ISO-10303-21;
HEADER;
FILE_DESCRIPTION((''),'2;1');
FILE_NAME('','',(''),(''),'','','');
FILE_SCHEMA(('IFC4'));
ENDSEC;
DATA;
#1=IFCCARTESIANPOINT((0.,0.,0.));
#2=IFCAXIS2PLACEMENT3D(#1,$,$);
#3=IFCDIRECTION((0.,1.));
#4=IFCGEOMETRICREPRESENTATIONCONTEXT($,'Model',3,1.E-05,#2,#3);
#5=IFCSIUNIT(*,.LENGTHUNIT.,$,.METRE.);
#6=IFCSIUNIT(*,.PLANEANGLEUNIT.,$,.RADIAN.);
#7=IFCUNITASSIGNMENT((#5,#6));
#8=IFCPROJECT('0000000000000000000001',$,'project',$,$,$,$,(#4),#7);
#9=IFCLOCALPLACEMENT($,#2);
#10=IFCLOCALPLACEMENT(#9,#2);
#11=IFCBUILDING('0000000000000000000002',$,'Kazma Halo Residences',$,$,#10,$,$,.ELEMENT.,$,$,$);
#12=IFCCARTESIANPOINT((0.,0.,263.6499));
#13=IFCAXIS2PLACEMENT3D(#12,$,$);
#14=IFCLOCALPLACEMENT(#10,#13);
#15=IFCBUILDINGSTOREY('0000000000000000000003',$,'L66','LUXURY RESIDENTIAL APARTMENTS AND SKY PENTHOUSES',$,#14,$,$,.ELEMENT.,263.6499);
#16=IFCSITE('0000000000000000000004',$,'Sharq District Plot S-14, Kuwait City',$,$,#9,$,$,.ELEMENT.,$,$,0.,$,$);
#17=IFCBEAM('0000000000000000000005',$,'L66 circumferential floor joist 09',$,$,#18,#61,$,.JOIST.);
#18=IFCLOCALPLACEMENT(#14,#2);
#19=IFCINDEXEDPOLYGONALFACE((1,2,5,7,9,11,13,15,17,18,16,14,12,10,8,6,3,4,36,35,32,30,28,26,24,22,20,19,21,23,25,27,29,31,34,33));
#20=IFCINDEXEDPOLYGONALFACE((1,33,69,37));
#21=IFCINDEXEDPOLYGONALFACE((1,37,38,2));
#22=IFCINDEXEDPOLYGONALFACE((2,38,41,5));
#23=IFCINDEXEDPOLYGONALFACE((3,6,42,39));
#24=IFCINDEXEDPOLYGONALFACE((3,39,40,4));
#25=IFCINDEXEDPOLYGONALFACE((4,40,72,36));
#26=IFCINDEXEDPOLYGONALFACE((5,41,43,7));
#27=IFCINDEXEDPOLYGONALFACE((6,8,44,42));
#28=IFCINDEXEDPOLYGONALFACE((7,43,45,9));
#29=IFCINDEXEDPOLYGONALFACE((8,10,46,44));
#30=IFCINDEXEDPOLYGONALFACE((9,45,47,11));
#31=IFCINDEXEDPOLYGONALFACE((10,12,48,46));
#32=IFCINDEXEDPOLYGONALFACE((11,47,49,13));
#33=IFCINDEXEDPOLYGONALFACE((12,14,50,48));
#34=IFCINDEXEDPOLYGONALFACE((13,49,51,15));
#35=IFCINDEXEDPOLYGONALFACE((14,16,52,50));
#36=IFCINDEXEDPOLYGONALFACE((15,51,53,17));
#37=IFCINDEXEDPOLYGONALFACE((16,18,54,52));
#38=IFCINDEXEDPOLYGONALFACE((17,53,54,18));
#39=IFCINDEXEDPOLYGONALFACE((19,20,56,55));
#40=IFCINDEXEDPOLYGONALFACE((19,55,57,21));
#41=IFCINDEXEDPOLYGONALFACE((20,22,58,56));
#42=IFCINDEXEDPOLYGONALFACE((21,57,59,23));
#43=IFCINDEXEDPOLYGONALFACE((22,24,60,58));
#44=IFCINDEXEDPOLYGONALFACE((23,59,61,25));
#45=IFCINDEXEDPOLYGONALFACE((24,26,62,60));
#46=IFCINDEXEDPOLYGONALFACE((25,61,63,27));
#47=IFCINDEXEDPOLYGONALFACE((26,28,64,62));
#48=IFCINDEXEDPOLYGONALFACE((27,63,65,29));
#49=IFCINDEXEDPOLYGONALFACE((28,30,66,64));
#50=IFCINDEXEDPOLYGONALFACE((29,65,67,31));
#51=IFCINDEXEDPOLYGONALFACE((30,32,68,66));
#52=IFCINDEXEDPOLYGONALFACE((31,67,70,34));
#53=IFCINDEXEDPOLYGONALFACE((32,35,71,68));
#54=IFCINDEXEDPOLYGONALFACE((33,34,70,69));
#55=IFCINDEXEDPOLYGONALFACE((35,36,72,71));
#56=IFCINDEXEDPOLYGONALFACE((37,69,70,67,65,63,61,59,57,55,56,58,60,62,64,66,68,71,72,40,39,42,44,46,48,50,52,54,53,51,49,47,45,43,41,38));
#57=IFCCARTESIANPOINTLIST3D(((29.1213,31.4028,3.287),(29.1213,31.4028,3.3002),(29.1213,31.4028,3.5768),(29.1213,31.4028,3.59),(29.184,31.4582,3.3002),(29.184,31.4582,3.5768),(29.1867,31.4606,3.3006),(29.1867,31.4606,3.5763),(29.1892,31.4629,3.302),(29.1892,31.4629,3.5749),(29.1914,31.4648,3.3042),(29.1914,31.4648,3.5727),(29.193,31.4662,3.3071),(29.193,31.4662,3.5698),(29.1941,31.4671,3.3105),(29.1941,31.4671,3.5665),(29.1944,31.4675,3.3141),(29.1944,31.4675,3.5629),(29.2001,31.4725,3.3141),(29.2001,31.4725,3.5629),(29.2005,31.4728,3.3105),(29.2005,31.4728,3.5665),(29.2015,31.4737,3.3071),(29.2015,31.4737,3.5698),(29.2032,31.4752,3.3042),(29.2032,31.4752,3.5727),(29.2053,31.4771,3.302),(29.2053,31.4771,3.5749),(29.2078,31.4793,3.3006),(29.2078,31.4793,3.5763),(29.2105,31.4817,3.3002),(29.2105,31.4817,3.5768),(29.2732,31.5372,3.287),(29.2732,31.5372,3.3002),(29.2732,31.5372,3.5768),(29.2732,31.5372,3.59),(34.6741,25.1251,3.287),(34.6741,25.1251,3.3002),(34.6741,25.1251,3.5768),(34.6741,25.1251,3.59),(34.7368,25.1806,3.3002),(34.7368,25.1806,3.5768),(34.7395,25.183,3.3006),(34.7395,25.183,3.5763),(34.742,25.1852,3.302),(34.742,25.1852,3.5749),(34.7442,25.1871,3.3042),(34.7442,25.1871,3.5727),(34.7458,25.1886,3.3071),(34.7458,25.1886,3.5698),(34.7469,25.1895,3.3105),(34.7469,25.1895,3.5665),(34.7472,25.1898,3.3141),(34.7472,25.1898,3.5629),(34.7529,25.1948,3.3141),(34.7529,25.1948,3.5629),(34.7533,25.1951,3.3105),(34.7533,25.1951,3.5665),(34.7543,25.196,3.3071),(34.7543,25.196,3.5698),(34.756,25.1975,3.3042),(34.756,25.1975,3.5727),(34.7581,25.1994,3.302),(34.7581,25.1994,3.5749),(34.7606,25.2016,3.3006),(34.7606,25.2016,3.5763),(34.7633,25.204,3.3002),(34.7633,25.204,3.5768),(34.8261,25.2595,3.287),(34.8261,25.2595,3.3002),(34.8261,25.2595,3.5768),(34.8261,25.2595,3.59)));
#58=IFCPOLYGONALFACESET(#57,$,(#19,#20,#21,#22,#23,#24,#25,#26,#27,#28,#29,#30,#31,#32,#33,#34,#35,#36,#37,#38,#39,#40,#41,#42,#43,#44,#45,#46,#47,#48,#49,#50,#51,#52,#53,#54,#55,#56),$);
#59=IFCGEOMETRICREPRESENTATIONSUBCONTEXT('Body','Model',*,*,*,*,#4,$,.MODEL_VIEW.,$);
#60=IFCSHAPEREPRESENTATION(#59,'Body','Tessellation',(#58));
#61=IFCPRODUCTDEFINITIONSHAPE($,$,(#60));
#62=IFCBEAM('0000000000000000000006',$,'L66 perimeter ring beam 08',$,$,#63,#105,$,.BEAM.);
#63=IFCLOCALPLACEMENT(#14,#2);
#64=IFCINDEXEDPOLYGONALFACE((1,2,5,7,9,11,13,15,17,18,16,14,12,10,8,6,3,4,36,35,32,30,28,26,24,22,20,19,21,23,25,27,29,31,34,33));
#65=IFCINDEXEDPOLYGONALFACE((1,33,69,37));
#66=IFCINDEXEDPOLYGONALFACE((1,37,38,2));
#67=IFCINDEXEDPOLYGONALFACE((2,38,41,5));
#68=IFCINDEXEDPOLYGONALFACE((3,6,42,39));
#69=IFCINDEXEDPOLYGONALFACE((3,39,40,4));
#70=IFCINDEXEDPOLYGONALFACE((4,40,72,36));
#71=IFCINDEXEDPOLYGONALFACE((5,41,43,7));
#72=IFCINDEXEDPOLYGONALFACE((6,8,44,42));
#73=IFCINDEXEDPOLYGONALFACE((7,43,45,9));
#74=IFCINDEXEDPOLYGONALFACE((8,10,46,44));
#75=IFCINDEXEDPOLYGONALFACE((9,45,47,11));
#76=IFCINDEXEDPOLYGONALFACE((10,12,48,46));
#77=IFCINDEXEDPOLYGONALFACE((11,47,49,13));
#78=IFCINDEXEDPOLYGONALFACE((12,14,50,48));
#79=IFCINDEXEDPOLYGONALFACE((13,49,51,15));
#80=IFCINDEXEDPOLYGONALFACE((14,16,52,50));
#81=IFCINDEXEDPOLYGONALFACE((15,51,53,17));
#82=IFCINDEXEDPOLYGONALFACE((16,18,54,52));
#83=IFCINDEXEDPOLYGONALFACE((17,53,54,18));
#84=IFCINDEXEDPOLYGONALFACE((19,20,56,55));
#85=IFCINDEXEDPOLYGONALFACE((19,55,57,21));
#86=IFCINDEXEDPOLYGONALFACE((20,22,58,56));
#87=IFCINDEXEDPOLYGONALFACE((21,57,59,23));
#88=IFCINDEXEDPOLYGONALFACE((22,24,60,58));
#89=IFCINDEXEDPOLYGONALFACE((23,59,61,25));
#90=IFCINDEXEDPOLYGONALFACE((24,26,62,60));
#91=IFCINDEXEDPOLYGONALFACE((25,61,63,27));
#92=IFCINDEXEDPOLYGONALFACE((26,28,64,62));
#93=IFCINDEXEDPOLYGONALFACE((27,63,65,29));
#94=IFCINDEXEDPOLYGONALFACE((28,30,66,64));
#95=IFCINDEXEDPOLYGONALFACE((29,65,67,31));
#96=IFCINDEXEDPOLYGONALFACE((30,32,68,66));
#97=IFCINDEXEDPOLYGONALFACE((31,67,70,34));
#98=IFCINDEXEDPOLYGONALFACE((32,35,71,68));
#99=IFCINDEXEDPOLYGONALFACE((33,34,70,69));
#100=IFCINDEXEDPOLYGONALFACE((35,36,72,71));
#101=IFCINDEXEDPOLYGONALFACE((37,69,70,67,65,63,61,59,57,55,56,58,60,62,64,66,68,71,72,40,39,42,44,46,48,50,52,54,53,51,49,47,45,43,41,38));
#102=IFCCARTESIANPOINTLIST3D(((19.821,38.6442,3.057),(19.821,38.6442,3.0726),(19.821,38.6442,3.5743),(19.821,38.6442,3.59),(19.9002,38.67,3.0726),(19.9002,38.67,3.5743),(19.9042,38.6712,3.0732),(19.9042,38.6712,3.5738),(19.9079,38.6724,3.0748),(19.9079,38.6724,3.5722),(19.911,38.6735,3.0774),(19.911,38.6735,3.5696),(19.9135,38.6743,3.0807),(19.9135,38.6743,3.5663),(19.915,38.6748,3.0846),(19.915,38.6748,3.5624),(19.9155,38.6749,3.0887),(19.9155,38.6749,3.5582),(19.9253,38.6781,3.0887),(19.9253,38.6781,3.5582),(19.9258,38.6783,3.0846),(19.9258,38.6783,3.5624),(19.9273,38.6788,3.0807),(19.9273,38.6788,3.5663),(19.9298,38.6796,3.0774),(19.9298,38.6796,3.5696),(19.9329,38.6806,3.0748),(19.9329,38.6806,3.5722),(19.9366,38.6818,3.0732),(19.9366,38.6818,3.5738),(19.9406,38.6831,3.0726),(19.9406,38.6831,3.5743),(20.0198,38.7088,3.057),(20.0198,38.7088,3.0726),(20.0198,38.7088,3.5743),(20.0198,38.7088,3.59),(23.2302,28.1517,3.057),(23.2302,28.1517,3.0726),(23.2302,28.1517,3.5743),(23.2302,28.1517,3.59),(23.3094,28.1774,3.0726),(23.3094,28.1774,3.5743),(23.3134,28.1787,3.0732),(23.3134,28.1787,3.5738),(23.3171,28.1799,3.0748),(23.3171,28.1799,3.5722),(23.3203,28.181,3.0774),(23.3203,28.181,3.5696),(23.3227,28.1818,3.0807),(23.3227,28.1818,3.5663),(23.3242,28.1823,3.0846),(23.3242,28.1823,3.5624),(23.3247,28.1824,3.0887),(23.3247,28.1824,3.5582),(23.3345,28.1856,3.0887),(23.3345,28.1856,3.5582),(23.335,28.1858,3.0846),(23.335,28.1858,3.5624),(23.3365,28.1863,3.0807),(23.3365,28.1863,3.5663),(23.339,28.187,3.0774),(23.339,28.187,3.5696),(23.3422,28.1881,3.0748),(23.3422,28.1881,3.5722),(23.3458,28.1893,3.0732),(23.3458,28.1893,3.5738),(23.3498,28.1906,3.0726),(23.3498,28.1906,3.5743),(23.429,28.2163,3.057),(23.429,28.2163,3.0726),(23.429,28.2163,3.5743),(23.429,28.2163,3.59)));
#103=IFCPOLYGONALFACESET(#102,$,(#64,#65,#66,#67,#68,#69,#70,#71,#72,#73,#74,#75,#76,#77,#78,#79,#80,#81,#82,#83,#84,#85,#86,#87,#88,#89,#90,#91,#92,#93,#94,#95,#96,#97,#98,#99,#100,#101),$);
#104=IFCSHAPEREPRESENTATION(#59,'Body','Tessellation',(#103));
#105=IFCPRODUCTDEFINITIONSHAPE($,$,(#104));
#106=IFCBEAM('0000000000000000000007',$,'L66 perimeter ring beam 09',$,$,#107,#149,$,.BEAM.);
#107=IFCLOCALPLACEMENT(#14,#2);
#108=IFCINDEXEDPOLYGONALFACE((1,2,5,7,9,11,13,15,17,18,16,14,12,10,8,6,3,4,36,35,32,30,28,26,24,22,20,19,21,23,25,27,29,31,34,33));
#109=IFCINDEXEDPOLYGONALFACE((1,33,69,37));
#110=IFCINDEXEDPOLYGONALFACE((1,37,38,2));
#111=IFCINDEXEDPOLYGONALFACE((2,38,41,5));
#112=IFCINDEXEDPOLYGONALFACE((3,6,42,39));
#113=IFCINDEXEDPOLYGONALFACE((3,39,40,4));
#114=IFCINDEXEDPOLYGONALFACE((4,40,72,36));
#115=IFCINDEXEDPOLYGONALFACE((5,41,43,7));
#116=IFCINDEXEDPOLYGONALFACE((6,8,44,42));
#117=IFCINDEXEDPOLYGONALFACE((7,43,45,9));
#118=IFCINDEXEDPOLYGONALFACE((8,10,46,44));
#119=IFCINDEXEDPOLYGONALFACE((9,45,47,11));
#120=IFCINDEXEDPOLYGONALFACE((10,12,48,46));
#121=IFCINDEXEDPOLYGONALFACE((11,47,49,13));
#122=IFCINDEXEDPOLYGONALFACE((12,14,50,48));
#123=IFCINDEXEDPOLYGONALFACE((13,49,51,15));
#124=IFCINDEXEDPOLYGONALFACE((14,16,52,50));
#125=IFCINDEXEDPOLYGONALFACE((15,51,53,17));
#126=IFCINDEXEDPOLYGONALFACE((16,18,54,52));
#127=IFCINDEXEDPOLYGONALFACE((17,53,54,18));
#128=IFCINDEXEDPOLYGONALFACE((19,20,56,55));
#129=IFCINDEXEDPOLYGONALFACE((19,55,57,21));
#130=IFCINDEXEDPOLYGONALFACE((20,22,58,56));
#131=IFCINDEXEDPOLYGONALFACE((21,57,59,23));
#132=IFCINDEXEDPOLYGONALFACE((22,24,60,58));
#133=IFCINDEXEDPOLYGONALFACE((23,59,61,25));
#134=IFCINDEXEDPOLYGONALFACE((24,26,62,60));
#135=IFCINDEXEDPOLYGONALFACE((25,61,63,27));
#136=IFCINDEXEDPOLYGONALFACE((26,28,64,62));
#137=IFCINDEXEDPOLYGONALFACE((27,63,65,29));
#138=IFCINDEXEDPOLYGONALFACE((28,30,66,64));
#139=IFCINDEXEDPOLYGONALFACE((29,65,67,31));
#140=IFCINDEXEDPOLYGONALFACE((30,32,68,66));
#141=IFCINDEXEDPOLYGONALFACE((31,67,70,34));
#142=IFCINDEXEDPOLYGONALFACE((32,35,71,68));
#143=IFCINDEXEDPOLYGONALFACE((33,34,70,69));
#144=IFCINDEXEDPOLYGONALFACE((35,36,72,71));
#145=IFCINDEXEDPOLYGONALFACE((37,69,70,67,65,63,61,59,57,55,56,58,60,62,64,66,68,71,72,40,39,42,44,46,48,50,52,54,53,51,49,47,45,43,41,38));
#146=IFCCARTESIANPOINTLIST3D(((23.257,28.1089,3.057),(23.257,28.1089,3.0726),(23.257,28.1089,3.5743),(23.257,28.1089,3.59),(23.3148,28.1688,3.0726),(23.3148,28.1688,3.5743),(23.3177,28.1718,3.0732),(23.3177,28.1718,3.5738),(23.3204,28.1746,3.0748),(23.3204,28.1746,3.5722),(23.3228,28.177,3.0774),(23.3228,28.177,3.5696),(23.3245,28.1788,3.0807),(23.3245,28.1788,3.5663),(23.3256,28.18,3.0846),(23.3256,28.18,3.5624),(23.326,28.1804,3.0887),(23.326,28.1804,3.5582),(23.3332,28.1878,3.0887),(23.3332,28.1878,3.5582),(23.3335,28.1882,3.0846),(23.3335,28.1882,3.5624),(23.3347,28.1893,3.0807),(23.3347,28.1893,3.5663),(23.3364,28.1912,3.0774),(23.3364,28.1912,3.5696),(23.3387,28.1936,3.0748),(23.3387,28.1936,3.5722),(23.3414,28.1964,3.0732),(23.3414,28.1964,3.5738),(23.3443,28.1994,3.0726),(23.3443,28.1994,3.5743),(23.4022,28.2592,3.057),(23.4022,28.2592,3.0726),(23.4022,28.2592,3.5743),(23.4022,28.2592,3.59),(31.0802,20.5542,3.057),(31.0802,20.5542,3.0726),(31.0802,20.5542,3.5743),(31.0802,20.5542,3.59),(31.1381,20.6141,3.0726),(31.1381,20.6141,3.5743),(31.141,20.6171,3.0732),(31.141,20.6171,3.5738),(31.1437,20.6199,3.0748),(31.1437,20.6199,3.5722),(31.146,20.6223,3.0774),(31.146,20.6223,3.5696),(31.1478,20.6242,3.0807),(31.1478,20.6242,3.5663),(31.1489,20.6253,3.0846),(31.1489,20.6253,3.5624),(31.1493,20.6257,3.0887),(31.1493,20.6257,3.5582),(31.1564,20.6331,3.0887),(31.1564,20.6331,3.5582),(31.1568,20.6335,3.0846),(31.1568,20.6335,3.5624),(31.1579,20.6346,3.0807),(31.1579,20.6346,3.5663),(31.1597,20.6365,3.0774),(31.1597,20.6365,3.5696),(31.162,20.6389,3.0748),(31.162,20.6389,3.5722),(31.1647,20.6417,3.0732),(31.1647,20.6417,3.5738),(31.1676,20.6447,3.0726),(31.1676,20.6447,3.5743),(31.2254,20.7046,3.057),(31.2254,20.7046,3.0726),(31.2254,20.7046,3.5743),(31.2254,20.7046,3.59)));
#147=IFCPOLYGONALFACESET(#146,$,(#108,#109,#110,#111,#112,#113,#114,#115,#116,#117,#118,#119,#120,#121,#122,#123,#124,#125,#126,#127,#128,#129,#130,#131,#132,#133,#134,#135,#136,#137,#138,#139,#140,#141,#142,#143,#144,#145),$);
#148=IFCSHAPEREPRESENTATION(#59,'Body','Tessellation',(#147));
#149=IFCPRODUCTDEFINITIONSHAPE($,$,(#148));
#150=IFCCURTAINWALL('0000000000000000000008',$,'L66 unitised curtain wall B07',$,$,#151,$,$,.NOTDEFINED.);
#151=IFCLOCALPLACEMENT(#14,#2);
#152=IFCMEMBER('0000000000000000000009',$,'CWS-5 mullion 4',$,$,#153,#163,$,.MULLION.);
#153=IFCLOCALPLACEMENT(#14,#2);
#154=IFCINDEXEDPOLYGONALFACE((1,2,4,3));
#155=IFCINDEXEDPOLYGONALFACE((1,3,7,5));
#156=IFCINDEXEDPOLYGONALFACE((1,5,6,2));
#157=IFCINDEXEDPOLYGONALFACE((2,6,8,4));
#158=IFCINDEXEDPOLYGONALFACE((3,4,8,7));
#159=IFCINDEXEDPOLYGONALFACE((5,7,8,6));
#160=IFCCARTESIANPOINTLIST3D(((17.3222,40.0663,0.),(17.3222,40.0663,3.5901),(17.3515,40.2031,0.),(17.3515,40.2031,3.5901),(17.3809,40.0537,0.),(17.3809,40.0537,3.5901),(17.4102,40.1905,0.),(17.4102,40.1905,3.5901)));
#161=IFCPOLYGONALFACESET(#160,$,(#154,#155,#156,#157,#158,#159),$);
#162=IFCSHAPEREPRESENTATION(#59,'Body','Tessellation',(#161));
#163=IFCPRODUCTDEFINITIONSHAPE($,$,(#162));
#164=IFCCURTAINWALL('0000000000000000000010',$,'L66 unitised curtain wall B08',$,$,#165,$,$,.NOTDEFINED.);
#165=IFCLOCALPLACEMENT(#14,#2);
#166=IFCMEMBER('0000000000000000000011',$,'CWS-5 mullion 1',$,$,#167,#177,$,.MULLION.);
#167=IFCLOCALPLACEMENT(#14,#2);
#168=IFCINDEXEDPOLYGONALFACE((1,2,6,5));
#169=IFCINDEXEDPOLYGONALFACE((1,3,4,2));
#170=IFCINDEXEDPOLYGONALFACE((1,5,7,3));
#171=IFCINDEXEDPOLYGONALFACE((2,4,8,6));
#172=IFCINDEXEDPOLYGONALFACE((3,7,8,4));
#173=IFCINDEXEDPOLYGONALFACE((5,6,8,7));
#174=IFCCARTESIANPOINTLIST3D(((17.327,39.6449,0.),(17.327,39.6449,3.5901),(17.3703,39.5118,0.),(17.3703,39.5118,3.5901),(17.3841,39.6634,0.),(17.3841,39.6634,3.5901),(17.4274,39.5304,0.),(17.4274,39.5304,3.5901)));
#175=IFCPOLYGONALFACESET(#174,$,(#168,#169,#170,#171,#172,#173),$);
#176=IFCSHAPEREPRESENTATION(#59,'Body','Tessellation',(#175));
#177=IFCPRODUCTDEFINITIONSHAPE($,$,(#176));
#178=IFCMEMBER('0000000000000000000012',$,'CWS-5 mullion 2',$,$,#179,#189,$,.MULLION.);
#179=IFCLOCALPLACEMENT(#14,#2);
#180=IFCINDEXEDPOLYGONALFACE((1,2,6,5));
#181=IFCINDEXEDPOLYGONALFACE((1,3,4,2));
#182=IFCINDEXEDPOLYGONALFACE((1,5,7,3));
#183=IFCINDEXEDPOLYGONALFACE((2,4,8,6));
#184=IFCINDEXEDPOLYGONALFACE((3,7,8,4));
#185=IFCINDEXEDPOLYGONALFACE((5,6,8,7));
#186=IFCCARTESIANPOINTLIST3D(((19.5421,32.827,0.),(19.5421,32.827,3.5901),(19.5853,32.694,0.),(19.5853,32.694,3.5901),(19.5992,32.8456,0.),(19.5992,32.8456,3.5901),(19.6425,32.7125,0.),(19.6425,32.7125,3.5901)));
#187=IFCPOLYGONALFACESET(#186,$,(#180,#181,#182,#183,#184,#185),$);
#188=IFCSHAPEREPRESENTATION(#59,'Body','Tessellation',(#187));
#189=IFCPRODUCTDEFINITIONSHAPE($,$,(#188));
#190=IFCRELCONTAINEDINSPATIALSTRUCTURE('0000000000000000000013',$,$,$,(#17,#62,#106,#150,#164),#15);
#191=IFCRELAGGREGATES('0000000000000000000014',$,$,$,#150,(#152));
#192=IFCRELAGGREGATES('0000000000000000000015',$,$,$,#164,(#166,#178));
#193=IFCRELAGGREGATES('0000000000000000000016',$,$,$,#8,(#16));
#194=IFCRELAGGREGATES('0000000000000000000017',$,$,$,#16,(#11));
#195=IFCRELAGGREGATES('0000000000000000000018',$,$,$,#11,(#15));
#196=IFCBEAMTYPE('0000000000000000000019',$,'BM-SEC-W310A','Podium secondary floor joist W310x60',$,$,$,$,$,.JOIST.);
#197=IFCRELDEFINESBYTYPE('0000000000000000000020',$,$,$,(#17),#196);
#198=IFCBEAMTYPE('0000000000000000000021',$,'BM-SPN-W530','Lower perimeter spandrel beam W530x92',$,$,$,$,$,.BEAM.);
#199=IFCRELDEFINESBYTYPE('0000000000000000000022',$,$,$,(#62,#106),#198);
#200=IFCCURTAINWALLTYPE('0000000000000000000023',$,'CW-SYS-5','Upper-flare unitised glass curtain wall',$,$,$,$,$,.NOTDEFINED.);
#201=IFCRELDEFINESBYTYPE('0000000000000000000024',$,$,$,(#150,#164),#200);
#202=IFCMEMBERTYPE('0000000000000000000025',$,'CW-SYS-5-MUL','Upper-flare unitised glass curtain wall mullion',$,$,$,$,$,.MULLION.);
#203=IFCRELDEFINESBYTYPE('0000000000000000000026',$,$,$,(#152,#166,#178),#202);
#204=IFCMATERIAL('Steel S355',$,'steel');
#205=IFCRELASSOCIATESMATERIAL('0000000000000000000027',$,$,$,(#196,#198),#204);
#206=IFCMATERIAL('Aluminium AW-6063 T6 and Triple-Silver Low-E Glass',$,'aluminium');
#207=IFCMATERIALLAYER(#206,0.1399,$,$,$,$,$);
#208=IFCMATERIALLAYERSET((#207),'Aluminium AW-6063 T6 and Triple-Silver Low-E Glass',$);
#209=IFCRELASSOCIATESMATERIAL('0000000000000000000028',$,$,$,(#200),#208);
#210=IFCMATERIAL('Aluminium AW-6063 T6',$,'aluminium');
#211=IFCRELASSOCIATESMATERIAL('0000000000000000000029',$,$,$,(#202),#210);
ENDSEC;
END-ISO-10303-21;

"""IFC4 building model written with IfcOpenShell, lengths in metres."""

from ifc_helpers import new_model, si_unit, direction, frame, origin, origin_2d, place, context, subcontext, project, spatial, rectangle, i_section, extrude, material, layer, layer_set, material_profile, profile_set, type_object, element, aggregate, save


model = new_model("IFC4")

# Units and contexts
model_context = context("Model", 3, precision=1e-05, world=origin(), true_north=direction((0.0, 1.0)))
body_context = subcontext(model_context, "Body", "Model", "MODEL_VIEW")
ifc_project = project(units=[si_unit("LENGTHUNIT", "METRE"), si_unit("PLANEANGLEUNIT", "RADIAN")], contexts=[model_context])

# Site, building, storey
site_placement = place(None, origin())
site = spatial("IfcSite", under=ifc_project, at=site_placement, Name="Sharq District Plot S-14, Kuwait City", CompositionType="ELEMENT", RefElevation=0.0)
building_placement = place(site_placement, origin())
building = spatial("IfcBuilding", under=site, at=building_placement, Name="Kazma Halo Residences", CompositionType="ELEMENT")
storey_placement = place(building_placement, frame((0.0, 0.0, 263.6499)))
storey = spatial("IfcBuildingStorey", under=building, at=storey_placement, Name="L66", Description="LUXURY RESIDENTIAL APARTMENTS AND SKY PENTHOUSES", CompositionType="ELEMENT", Elevation=263.6499)

# Beams
ifc_material_1 = material(Name="Steel S355", Category="steel")
ifc_material_profile_1 = material_profile(ifc_material_1, i_section(OverallWidth=0.2029, OverallDepth=0.303, WebThickness=0.0076, FlangeThickness=0.0132, FilletRadius=0.0139, at=origin_2d()), Name="W310x60")
ifc_profile_set_1 = profile_set([ifc_material_profile_1], Name="Steel S355")
beam_type_1 = type_object("IfcBeamType", Name="BM-SEC-W310A", Description="Podium secondary floor joist W310x60", PredefinedType="JOIST", material=ifc_profile_set_1)
beam_1_placement = place(storey_placement, frame((29.1973, 31.47, 3.4385), z_axis=(0.662539, -0.749027, 0.0), x_axis=(0.749027, 0.662539, 0.0)))
element("IfcBeam", 1, at=beam_1_placement, inside=storey, type_object=beam_type_1, Name="L66 circumferential floor joist 09", PredefinedType="JOIST", context=body_context, shape_type="SweptSolid", body=[
    extrude(i_section(OverallWidth=0.2029, OverallDepth=0.303, WebThickness=0.0076, FlangeThickness=0.0132, FilletRadius=0.0139, at=origin_2d()), origin(), (0.0, 0.0, 1.0), 8.3811),
])
ifc_material_profile_2 = material_profile(ifc_material_1, i_section(OverallWidth=0.209, OverallDepth=0.533, WebThickness=0.0103, FlangeThickness=0.0156, FilletRadius=0.0161, at=origin_2d()), Name="W530x92")
ifc_profile_set_2 = profile_set([ifc_material_profile_2], Name="Steel S355")
beam_type_2 = type_object("IfcBeamType", Name="BM-SPN-W530", Description="Lower perimeter spandrel beam W530x92", PredefinedType="BEAM", material=ifc_profile_set_2)
beam_2_placement = place(storey_placement, frame((19.9204, 38.6765, 3.3235), z_axis=(0.309016, -0.951057, 0.0), x_axis=(0.951057, 0.309016, 0.0)))
element("IfcBeam", 2, at=beam_2_placement, inside=storey, type_object=beam_type_2, Name="L66 perimeter ring beam 08", PredefinedType="BEAM", context=body_context, shape_type="SweptSolid", body=[
    extrude(i_section(OverallWidth=0.209, OverallDepth=0.533, WebThickness=0.0103, FlangeThickness=0.0156, FilletRadius=0.0161, at=origin_2d()), origin(), (0.0, 0.0, 1.0), 11.0325),
])
beam_3_placement = place(storey_placement, frame((23.3296, 28.1841, 3.3235), z_axis=(0.719346, -0.694652, 0.0), x_axis=(0.694652, 0.719346, 0.0)))
element("IfcBeam", 3, at=beam_3_placement, inside=storey, type_object=beam_type_2, Name="L66 perimeter ring beam 09", PredefinedType="BEAM", context=body_context, shape_type="SweptSolid", body=[
    extrude(i_section(OverallWidth=0.209, OverallDepth=0.533, WebThickness=0.0103, FlangeThickness=0.0156, FilletRadius=0.0161, at=origin_2d()), origin(), (0.0, 0.0, 1.0), 10.8755),
])

# Curtain wall, member
ifc_material_2 = material(Name="Aluminium AW-6063 T6 and Triple-Silver Low-E Glass", Category="aluminium")
ifc_layer_1 = layer(ifc_material_2, 0.1399)
ifc_layer_set_1 = layer_set([ifc_layer_1], Name="Aluminium AW-6063 T6 and Triple-Silver Low-E Glass")
curtain_wall_type = type_object("IfcCurtainWallType", Name="CW-SYS-5", Description="Upper-flare unitised glass curtain wall", PredefinedType="NOTDEFINED", material=ifc_layer_set_1)
curtain_wall_1_placement = place(storey_placement, origin())
curtain_wall_1 = element("IfcCurtainWall", 4, at=curtain_wall_1_placement, inside=storey, type_object=curtain_wall_type, Name="L66 unitised curtain wall B07", PredefinedType="NOTDEFINED")
ifc_material_3 = material(Name="Aluminium AW-6063 T6", Category="aluminium")
ifc_material_profile_3 = material_profile(ifc_material_3, rectangle(XDim=0.0601, YDim=0.1399, at=origin_2d()), Name="CWM-60x140")
ifc_profile_set_3 = profile_set([ifc_material_profile_3], Name="Aluminium AW-6063 T6")
member_type_1 = type_object("IfcMemberType", Name="CW-SYS-5-MUL", Description="Upper-flare unitised glass curtain wall mullion", PredefinedType="MULLION", material=ifc_profile_set_3)
member_1_placement = place(storey_placement, frame((17.3662, 40.1284, 0.0), z_axis=(0.0, 0.0, 1.0), x_axis=(0.977775, -0.209657, 0.0)))
member_1 = element("IfcMember", 5, at=member_1_placement, type_object=member_type_1, Name="CWS-5 mullion 4", PredefinedType="MULLION", context=body_context, shape_type="SweptSolid", body=[
    extrude(rectangle(XDim=0.0601, YDim=0.1399, at=origin_2d()), origin(), (0.0, 0.0, 1.0), 3.5901),
])
aggregate(curtain_wall_1, [member_1])

# Curtain wall, members
curtain_wall_2_placement = place(storey_placement, origin())
curtain_wall_2 = element("IfcCurtainWall", 6, at=curtain_wall_2_placement, inside=storey, type_object=curtain_wall_type, Name="L66 unitised curtain wall B08", PredefinedType="NOTDEFINED")
member_2_placement = place(storey_placement, frame((17.3772, 39.5876, 0.0), z_axis=(0.0, 0.0, 1.0), x_axis=(0.951058, 0.309011, 0.0)))
member_2 = element("IfcMember", 7, at=member_2_placement, type_object=member_type_1, Name="CWS-5 mullion 1", PredefinedType="MULLION", context=body_context, shape_type="SweptSolid", body=[
    extrude(rectangle(XDim=0.0601, YDim=0.1399, at=origin_2d()), origin(), (0.0, 0.0, 1.0), 3.5901),
])
member_3_placement = place(storey_placement, frame((19.5923, 32.7698, 0.0), z_axis=(0.0, 0.0, 1.0), x_axis=(0.951058, 0.309011, 0.0)))
member_3 = element("IfcMember", 8, at=member_3_placement, type_object=member_type_1, Name="CWS-5 mullion 2", PredefinedType="MULLION", context=body_context, shape_type="SweptSolid", body=[
    extrude(rectangle(XDim=0.0601, YDim=0.1399, at=origin_2d()), origin(), (0.0, 0.0, 1.0), 3.5901),
])
aggregate(curtain_wall_2, [member_2, member_3])

save(model, "model.ifc")
